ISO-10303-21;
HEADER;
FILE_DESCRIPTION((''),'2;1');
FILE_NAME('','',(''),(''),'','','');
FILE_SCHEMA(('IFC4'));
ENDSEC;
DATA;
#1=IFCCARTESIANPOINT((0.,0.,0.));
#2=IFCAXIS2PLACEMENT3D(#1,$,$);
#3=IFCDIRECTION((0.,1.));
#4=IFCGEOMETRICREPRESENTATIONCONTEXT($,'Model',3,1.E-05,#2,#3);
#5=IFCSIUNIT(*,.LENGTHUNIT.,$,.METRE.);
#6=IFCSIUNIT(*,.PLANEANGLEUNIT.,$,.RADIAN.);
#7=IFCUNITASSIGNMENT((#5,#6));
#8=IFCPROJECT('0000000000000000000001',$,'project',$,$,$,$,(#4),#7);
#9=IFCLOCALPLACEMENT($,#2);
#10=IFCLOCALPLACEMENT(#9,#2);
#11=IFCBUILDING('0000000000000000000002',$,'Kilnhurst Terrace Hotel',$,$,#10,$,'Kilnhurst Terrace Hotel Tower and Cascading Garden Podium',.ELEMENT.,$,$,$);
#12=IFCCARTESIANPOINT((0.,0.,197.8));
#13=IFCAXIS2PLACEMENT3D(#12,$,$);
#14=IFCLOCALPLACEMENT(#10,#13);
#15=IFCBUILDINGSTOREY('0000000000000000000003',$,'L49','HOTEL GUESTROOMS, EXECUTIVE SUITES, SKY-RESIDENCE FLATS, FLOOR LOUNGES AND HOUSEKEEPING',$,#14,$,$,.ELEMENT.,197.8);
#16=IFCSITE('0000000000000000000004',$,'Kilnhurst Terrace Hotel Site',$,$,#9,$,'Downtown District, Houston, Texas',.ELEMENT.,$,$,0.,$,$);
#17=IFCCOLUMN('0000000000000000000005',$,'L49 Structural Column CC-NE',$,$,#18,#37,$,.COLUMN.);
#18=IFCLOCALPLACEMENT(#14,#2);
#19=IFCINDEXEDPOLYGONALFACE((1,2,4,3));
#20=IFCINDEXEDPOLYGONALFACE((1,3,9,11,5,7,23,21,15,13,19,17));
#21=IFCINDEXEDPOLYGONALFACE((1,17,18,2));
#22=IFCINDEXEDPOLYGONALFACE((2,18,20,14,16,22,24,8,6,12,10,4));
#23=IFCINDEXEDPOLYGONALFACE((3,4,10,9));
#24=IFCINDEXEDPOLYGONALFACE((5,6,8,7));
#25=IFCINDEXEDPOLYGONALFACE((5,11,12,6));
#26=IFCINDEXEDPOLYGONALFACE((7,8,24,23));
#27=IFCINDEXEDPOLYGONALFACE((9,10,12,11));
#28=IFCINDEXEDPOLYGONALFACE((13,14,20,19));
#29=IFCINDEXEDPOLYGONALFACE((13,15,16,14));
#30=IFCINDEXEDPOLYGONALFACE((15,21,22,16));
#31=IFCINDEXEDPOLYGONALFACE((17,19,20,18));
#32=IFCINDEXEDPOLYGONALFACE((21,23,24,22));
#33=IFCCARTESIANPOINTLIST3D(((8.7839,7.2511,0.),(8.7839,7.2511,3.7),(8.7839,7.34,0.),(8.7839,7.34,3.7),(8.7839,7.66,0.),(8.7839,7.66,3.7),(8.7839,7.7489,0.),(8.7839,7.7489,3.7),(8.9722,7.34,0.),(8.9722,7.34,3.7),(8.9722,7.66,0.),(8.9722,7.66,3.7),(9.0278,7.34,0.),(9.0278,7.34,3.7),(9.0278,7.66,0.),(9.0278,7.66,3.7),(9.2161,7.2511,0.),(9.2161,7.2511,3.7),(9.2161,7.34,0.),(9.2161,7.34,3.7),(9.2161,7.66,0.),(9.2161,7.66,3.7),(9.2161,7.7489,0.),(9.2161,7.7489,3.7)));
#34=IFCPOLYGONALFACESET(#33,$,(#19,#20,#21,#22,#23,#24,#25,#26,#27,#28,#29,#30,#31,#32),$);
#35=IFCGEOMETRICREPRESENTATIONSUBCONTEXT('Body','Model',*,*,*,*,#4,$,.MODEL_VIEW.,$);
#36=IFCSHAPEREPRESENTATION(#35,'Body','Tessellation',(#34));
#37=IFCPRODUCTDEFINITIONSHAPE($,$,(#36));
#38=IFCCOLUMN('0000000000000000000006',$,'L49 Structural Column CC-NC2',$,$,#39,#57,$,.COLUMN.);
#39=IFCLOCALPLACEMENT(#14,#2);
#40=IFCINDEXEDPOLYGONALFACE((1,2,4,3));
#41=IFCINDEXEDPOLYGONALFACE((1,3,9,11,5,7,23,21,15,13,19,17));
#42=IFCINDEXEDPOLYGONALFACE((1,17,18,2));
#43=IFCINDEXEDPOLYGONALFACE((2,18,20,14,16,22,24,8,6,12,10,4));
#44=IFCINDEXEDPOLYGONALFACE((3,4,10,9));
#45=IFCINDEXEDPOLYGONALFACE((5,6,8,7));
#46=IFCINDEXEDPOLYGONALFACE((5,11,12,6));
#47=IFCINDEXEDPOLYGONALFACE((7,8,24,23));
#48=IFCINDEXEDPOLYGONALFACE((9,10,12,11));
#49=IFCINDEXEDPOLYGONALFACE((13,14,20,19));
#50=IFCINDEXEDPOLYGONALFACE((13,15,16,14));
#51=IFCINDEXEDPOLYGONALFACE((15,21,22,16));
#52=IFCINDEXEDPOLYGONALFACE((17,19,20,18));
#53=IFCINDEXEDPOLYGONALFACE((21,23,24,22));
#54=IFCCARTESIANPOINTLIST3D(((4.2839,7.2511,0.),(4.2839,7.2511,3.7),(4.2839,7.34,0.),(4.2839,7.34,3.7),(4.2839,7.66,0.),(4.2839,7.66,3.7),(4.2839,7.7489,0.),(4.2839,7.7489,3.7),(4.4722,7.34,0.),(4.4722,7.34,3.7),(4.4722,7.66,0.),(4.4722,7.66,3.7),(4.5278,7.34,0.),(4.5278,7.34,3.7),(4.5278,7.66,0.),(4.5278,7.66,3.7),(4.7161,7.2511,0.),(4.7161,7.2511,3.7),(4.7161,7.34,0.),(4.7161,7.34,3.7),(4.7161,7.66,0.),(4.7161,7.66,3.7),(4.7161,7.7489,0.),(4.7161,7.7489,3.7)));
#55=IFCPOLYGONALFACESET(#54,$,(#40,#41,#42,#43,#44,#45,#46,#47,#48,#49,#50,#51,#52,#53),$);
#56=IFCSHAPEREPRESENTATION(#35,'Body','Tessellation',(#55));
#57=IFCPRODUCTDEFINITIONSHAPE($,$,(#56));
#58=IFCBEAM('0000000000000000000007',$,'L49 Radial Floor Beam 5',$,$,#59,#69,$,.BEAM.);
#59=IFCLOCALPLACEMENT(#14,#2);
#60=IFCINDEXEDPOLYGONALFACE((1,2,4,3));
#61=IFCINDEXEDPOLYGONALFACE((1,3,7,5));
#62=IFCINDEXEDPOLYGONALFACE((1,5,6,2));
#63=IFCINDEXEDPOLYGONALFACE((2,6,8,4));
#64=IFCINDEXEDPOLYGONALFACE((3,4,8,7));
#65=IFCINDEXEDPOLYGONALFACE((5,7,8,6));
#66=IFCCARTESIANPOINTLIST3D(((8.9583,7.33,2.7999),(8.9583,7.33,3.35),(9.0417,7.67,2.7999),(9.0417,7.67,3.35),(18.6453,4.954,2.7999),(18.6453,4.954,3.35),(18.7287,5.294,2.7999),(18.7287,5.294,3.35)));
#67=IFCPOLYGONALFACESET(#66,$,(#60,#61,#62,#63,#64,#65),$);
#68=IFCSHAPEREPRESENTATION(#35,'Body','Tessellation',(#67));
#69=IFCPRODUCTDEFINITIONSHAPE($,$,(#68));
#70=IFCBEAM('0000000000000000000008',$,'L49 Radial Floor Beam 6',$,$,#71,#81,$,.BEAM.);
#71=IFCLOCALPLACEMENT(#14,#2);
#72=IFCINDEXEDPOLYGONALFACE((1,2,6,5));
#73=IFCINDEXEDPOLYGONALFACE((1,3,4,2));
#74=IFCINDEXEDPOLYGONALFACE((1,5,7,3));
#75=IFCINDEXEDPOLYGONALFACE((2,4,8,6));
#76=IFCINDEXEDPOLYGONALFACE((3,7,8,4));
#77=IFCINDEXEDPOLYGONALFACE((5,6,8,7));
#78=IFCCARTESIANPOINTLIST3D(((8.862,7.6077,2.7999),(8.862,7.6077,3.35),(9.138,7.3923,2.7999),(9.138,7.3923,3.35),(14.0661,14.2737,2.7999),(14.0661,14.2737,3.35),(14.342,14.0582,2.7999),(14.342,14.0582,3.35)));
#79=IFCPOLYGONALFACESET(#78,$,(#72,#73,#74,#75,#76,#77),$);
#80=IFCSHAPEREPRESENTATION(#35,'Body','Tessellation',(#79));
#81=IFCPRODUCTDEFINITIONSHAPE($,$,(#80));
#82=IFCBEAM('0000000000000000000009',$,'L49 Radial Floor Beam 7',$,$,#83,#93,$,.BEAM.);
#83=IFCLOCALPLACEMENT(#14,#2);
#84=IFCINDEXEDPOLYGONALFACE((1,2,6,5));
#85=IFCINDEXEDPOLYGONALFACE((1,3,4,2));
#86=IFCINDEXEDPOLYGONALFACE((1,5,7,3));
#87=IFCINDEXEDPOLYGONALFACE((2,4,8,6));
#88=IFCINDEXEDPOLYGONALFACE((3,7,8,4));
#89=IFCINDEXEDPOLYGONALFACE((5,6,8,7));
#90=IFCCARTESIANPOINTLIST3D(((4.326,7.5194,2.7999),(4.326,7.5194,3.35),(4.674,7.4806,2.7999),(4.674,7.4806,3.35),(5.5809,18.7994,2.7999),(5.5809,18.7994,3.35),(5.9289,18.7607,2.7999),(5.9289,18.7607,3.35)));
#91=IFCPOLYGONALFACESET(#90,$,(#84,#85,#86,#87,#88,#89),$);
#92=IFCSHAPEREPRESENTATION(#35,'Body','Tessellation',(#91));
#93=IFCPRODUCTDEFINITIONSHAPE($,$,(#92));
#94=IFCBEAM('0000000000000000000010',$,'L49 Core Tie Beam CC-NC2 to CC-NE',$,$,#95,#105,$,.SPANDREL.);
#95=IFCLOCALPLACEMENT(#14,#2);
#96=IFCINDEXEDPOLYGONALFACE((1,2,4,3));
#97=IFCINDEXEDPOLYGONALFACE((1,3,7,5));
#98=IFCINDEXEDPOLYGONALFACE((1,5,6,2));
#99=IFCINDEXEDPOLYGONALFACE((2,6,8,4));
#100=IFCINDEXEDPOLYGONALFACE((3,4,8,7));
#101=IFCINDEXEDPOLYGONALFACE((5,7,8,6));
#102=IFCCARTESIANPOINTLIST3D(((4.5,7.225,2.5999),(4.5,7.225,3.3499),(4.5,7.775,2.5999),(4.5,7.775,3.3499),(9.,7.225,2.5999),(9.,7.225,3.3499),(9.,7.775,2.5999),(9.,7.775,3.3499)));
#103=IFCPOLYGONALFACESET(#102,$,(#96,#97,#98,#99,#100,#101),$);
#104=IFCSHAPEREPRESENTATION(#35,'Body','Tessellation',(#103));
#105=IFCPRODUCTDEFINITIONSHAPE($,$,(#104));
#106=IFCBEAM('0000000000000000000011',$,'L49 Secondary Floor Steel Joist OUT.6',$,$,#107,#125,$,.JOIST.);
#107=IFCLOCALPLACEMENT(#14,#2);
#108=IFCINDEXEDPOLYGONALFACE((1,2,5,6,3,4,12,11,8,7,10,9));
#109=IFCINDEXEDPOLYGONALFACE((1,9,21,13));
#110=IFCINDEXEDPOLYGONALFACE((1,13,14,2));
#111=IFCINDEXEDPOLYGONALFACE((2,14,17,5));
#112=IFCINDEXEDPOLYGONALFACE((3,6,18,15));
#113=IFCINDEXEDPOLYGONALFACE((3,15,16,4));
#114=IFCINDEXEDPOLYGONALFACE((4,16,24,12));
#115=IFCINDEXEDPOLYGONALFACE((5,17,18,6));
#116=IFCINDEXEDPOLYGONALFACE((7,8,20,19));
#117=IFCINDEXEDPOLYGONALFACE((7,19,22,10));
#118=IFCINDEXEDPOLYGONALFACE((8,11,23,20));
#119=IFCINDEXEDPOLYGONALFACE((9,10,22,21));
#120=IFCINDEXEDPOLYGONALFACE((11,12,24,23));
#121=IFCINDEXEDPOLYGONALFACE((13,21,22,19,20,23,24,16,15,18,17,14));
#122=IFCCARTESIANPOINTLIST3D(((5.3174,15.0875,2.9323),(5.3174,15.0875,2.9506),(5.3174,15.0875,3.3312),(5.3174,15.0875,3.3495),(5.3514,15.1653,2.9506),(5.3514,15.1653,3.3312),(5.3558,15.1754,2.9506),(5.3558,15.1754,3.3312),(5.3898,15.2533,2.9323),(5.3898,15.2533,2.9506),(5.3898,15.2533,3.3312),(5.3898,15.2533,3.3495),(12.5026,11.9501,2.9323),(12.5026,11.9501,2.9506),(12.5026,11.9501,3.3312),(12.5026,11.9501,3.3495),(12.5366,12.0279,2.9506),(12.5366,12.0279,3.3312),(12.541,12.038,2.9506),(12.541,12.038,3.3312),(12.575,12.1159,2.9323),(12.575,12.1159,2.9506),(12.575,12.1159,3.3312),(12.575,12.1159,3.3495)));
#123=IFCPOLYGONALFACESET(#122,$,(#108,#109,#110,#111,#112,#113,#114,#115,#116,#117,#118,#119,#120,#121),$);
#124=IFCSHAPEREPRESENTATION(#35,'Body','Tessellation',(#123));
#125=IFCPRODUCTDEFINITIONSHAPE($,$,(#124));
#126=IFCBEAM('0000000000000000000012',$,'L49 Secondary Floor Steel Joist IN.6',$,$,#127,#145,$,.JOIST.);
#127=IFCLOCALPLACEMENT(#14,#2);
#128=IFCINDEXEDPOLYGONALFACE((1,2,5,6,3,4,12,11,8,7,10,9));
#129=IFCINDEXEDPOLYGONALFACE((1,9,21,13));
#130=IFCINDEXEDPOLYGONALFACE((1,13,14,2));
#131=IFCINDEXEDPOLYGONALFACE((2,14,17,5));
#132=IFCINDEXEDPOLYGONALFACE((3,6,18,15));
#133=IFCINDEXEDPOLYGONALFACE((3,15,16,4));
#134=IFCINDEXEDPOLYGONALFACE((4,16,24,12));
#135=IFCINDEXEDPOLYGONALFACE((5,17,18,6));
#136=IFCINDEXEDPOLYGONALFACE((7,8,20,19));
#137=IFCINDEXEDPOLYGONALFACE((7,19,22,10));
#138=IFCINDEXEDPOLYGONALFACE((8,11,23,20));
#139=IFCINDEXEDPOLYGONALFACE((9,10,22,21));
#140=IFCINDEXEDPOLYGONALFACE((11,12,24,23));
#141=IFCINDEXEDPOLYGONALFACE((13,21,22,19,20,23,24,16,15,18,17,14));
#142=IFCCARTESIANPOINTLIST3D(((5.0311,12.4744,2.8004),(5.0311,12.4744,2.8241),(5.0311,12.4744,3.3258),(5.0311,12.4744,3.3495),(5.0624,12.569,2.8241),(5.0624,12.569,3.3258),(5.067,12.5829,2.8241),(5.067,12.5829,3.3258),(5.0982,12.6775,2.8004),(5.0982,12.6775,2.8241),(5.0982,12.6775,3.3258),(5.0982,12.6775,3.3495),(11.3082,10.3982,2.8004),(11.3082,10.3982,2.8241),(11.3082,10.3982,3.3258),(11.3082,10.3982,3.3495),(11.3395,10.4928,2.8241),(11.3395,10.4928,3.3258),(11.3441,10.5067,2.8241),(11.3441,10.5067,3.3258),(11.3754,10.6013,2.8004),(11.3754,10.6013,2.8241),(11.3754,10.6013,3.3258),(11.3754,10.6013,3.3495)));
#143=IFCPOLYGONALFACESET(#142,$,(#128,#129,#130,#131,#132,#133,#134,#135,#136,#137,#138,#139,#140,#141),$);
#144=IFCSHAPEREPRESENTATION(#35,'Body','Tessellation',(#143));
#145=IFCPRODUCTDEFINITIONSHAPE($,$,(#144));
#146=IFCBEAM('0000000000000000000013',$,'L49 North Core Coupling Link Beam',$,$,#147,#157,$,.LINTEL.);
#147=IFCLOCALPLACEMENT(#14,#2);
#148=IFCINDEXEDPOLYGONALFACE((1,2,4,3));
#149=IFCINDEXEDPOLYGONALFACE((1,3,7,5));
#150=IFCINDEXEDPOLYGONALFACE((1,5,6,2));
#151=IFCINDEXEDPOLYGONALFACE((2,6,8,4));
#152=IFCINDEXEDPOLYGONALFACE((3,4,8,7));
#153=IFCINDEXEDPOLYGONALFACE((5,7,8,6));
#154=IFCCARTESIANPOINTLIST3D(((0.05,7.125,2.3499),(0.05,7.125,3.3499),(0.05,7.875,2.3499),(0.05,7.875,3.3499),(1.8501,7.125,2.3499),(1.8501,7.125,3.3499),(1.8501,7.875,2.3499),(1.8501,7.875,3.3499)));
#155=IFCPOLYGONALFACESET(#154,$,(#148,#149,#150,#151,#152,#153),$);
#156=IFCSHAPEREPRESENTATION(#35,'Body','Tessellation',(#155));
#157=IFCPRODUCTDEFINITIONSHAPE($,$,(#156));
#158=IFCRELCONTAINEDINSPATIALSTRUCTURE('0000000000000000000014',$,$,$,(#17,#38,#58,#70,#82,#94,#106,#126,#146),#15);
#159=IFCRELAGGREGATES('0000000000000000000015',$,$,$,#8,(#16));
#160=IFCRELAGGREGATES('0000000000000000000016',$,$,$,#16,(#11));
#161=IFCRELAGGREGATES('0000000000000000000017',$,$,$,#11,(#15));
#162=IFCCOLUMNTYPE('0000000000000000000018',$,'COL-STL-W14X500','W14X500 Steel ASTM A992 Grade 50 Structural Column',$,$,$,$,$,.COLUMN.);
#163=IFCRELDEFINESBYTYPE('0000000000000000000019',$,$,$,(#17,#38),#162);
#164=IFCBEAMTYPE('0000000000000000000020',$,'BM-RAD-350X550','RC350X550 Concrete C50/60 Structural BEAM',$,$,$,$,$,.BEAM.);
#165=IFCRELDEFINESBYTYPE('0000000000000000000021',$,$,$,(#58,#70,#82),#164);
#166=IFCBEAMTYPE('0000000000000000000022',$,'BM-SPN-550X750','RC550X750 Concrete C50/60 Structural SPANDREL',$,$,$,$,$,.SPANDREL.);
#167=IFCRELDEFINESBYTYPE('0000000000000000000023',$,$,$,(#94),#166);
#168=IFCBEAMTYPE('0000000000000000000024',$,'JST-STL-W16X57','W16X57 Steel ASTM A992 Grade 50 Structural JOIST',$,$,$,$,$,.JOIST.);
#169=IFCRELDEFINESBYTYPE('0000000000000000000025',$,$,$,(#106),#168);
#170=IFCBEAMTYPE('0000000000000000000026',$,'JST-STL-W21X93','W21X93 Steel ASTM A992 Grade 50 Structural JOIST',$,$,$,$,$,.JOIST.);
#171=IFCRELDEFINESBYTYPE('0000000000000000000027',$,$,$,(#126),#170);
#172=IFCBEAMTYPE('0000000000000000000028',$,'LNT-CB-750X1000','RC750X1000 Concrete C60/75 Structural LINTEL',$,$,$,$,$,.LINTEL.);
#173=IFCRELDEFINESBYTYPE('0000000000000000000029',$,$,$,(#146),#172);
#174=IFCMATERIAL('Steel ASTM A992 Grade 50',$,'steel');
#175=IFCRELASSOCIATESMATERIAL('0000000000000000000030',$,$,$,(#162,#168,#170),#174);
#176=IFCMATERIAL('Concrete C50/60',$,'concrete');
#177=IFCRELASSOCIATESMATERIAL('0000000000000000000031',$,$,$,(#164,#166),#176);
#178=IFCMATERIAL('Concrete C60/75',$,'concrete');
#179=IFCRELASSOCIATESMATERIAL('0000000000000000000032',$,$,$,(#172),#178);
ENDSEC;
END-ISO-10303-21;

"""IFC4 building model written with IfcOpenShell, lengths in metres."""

from ifc_helpers import new_model, si_unit, direction, frame, origin, origin_2d, place, context, subcontext, project, spatial, rectangle, i_section, extrude, material, material_profile, profile_set, type_object, element, save


model = new_model("IFC4")

# Units and contexts
model_context = context("Model", 3, precision=1e-05, world=origin(), true_north=direction((0.0, 1.0)))
body_context = subcontext(model_context, "Body", "Model", "MODEL_VIEW")
ifc_project = project(units=[si_unit("LENGTHUNIT", "METRE"), si_unit("PLANEANGLEUNIT", "RADIAN")], contexts=[model_context])

# Site, building, storey
site_placement = place(None, origin())
site = spatial("IfcSite", under=ifc_project, at=site_placement, Name="Kilnhurst Terrace Hotel Site", LongName="Downtown District, Houston, Texas", CompositionType="ELEMENT", RefElevation=0.0)
building_placement = place(site_placement, origin())
building = spatial("IfcBuilding", under=site, at=building_placement, Name="Kilnhurst Terrace Hotel", LongName="Kilnhurst Terrace Hotel Tower and Cascading Garden Podium", CompositionType="ELEMENT")
storey_placement = place(building_placement, frame((0.0, 0.0, 197.8)))
storey = spatial("IfcBuildingStorey", under=building, at=storey_placement, Name="L49", Description="HOTEL GUESTROOMS, EXECUTIVE SUITES, SKY-RESIDENCE FLATS, FLOOR LOUNGES AND HOUSEKEEPING", CompositionType="ELEMENT", Elevation=197.8)

# Columns
ifc_material_1 = material(Name="Steel ASTM A992 Grade 50", Category="steel")
ifc_material_profile_1 = material_profile(ifc_material_1, i_section(OverallWidth=0.4321, OverallDepth=0.4978, WebThickness=0.0557, FlangeThickness=0.0889, at=origin_2d()), Name="W14X500")
ifc_profile_set_1 = profile_set([ifc_material_profile_1], Name="Steel ASTM A992 Grade 50")
column_type = type_object("IfcColumnType", Name="COL-STL-W14X500", Description="W14X500 Steel ASTM A992 Grade 50 Structural Column", PredefinedType="COLUMN", material=ifc_profile_set_1)
for number, where, z_axis, x_axis, name in (
    (1, (9.0, 7.5, 0.0), (0.0, 0.0, 1.0), (1.0, 0.0, 0.0), "L49 Structural Column CC-NE"),
    (2, (4.5, 7.5, 0.0), (0.0, 0.0, 1.0), (1.0, 0.0, 0.0), "L49 Structural Column CC-NC2"),
):
    element("IfcColumn", number, at=place(storey_placement, frame(where, z_axis=z_axis, x_axis=x_axis)), inside=storey, type_object=column_type, Name=name, PredefinedType="COLUMN", context=body_context, shape_type="SweptSolid", body=[
        extrude(i_section(OverallWidth=0.4321, OverallDepth=0.4978, WebThickness=0.0557, FlangeThickness=0.0889, at=origin_2d()), origin(), (0.0, 0.0, 1.0), 3.7),
    ])

# Beams
ifc_material_2 = material(Name="Concrete C50/60", Category="concrete")
ifc_material_profile_2 = material_profile(ifc_material_2, rectangle(XDim=0.3501, YDim=0.55, at=origin_2d()), Name="RC350X550")
ifc_profile_set_2 = profile_set([ifc_material_profile_2], Name="Concrete C50/60")
beam_type_1 = type_object("IfcBeamType", Name="BM-RAD-350X550", Description="RC350X550 Concrete C50/60 Structural BEAM", PredefinedType="BEAM", material=ifc_profile_set_2)
beam_1_placement = place(storey_placement, frame((9.0, 7.5, 3.075), z_axis=(0.971213, -0.238214, 0.0), x_axis=(0.238214, 0.971213, 0.0)))
element("IfcBeam", 3, at=beam_1_placement, inside=storey, type_object=beam_type_1, Name="L49 Radial Floor Beam 5", PredefinedType="BEAM", context=body_context, shape_type="SweptSolid", body=[
    extrude(rectangle(XDim=0.3501, YDim=0.55, at=origin_2d()), origin(), (0.0, 0.0, 1.0), 9.9741),
])
beam_2_placement = place(storey_placement, frame((9.0, 7.5, 3.075), z_axis=(0.615371, 0.788238, 0.0), x_axis=(-0.788238, 0.615371, 0.0)))
element("IfcBeam", 4, at=beam_2_placement, inside=storey, type_object=beam_type_1, Name="L49 Radial Floor Beam 6", PredefinedType="BEAM", context=body_context, shape_type="SweptSolid", body=[
    extrude(rectangle(XDim=0.3501, YDim=0.55, at=origin_2d()), origin(), (0.0, 0.0, 1.0), 8.4568),
])
beam_3_placement = place(storey_placement, frame((4.5, 7.5, 3.075), z_axis=(0.110566, 0.993869, 0.0), x_axis=(-0.993869, 0.110566, 0.0)))
element("IfcBeam", 5, at=beam_3_placement, inside=storey, type_object=beam_type_1, Name="L49 Radial Floor Beam 7", PredefinedType="BEAM", context=body_context, shape_type="SweptSolid", body=[
    extrude(rectangle(XDim=0.3501, YDim=0.55, at=origin_2d()), origin(), (0.0, 0.0, 1.0), 11.3496),
])
ifc_material_profile_3 = material_profile(ifc_material_2, rectangle(XDim=0.55, YDim=0.75, at=origin_2d()), Name="RC550X750")
ifc_profile_set_3 = profile_set([ifc_material_profile_3], Name="Concrete C50/60")
beam_type_2 = type_object("IfcBeamType", Name="BM-SPN-550X750", Description="RC550X750 Concrete C50/60 Structural SPANDREL", PredefinedType="SPANDREL", material=ifc_profile_set_3)
beam_4_placement = place(storey_placement, frame((4.5, 7.5, 2.9749), z_axis=(1.0, 0.0, 0.0), x_axis=(0.0, 1.0, 0.0)))
element("IfcBeam", 6, at=beam_4_placement, inside=storey, type_object=beam_type_2, Name="L49 Core Tie Beam CC-NC2 to CC-NE", PredefinedType="SPANDREL", context=body_context, shape_type="SweptSolid", body=[
    extrude(rectangle(XDim=0.55, YDim=0.75, at=origin_2d()), origin(), (0.0, 0.0, 1.0), 4.5),
])
ifc_material_profile_4 = material_profile(ifc_material_1, i_section(OverallWidth=0.1809, OverallDepth=0.4172, WebThickness=0.011, FlangeThickness=0.0183, at=origin_2d()), Name="W16X57")
ifc_profile_set_4 = profile_set([ifc_material_profile_4], Name="Steel ASTM A992 Grade 50")
beam_type_3 = type_object("IfcBeamType", Name="JST-STL-W16X57", Description="W16X57 Steel ASTM A992 Grade 50 Structural JOIST", PredefinedType="JOIST", material=ifc_profile_set_4)
beam_5_placement = place(storey_placement, frame((12.5388, 12.033, 3.1409), z_axis=(-0.916444, 0.400164, 0.0), x_axis=(-0.400164, -0.916444, 0.0)))
element("IfcBeam", 7, at=beam_5_placement, inside=storey, type_object=beam_type_3, Name="L49 Secondary Floor Steel Joist OUT.6", PredefinedType="JOIST", context=body_context, shape_type="SweptSolid", body=[
    extrude(i_section(OverallWidth=0.1809, OverallDepth=0.4172, WebThickness=0.011, FlangeThickness=0.0183, at=origin_2d()), origin(), (0.0, 0.0, 1.0), 7.8403),
])
ifc_material_profile_5 = material_profile(ifc_material_1, i_section(OverallWidth=0.2139, OverallDepth=0.5491, WebThickness=0.0146, FlangeThickness=0.0237, at=origin_2d()), Name="W21X93")
ifc_profile_set_5 = profile_set([ifc_material_profile_5], Name="Steel ASTM A992 Grade 50")
beam_type_4 = type_object("IfcBeamType", Name="JST-STL-W21X93", Description="W21X93 Steel ASTM A992 Grade 50 Structural JOIST", PredefinedType="JOIST", material=ifc_profile_set_5)
beam_6_placement = place(storey_placement, frame((11.3418, 10.4998, 3.075), z_axis=(-0.949416, 0.314022, 0.0), x_axis=(-0.314022, -0.949416, 0.0)))
element("IfcBeam", 8, at=beam_6_placement, inside=storey, type_object=beam_type_4, Name="L49 Secondary Floor Steel Joist IN.6", PredefinedType="JOIST", context=body_context, shape_type="SweptSolid", body=[
    extrude(i_section(OverallWidth=0.2139, OverallDepth=0.5491, WebThickness=0.0146, FlangeThickness=0.0237, at=origin_2d()), origin(), (0.0, 0.0, 1.0), 6.6116),
])
ifc_material_3 = material(Name="Concrete C60/75", Category="concrete")
ifc_material_profile_6 = material_profile(ifc_material_3, rectangle(XDim=0.75, YDim=1.0, at=origin_2d()), Name="RC750X1000")
ifc_profile_set_6 = profile_set([ifc_material_profile_6], Name="Concrete C60/75")
beam_type_5 = type_object("IfcBeamType", Name="LNT-CB-750X1000", Description="RC750X1000 Concrete C60/75 Structural LINTEL", PredefinedType="LINTEL", material=ifc_profile_set_6)
beam_7_placement = place(storey_placement, frame((0.05, 7.5, 2.8499), z_axis=(1.0, 0.0, 0.0), x_axis=(0.0, 1.0, 0.0)))
element("IfcBeam", 9, at=beam_7_placement, inside=storey, type_object=beam_type_5, Name="L49 North Core Coupling Link Beam", PredefinedType="LINTEL", context=body_context, shape_type="SweptSolid", body=[
    extrude(rectangle(XDim=0.75, YDim=1.0, at=origin_2d()), origin(), (0.0, 0.0, 1.0), 1.8),
])

save(model, "model.ifc")
